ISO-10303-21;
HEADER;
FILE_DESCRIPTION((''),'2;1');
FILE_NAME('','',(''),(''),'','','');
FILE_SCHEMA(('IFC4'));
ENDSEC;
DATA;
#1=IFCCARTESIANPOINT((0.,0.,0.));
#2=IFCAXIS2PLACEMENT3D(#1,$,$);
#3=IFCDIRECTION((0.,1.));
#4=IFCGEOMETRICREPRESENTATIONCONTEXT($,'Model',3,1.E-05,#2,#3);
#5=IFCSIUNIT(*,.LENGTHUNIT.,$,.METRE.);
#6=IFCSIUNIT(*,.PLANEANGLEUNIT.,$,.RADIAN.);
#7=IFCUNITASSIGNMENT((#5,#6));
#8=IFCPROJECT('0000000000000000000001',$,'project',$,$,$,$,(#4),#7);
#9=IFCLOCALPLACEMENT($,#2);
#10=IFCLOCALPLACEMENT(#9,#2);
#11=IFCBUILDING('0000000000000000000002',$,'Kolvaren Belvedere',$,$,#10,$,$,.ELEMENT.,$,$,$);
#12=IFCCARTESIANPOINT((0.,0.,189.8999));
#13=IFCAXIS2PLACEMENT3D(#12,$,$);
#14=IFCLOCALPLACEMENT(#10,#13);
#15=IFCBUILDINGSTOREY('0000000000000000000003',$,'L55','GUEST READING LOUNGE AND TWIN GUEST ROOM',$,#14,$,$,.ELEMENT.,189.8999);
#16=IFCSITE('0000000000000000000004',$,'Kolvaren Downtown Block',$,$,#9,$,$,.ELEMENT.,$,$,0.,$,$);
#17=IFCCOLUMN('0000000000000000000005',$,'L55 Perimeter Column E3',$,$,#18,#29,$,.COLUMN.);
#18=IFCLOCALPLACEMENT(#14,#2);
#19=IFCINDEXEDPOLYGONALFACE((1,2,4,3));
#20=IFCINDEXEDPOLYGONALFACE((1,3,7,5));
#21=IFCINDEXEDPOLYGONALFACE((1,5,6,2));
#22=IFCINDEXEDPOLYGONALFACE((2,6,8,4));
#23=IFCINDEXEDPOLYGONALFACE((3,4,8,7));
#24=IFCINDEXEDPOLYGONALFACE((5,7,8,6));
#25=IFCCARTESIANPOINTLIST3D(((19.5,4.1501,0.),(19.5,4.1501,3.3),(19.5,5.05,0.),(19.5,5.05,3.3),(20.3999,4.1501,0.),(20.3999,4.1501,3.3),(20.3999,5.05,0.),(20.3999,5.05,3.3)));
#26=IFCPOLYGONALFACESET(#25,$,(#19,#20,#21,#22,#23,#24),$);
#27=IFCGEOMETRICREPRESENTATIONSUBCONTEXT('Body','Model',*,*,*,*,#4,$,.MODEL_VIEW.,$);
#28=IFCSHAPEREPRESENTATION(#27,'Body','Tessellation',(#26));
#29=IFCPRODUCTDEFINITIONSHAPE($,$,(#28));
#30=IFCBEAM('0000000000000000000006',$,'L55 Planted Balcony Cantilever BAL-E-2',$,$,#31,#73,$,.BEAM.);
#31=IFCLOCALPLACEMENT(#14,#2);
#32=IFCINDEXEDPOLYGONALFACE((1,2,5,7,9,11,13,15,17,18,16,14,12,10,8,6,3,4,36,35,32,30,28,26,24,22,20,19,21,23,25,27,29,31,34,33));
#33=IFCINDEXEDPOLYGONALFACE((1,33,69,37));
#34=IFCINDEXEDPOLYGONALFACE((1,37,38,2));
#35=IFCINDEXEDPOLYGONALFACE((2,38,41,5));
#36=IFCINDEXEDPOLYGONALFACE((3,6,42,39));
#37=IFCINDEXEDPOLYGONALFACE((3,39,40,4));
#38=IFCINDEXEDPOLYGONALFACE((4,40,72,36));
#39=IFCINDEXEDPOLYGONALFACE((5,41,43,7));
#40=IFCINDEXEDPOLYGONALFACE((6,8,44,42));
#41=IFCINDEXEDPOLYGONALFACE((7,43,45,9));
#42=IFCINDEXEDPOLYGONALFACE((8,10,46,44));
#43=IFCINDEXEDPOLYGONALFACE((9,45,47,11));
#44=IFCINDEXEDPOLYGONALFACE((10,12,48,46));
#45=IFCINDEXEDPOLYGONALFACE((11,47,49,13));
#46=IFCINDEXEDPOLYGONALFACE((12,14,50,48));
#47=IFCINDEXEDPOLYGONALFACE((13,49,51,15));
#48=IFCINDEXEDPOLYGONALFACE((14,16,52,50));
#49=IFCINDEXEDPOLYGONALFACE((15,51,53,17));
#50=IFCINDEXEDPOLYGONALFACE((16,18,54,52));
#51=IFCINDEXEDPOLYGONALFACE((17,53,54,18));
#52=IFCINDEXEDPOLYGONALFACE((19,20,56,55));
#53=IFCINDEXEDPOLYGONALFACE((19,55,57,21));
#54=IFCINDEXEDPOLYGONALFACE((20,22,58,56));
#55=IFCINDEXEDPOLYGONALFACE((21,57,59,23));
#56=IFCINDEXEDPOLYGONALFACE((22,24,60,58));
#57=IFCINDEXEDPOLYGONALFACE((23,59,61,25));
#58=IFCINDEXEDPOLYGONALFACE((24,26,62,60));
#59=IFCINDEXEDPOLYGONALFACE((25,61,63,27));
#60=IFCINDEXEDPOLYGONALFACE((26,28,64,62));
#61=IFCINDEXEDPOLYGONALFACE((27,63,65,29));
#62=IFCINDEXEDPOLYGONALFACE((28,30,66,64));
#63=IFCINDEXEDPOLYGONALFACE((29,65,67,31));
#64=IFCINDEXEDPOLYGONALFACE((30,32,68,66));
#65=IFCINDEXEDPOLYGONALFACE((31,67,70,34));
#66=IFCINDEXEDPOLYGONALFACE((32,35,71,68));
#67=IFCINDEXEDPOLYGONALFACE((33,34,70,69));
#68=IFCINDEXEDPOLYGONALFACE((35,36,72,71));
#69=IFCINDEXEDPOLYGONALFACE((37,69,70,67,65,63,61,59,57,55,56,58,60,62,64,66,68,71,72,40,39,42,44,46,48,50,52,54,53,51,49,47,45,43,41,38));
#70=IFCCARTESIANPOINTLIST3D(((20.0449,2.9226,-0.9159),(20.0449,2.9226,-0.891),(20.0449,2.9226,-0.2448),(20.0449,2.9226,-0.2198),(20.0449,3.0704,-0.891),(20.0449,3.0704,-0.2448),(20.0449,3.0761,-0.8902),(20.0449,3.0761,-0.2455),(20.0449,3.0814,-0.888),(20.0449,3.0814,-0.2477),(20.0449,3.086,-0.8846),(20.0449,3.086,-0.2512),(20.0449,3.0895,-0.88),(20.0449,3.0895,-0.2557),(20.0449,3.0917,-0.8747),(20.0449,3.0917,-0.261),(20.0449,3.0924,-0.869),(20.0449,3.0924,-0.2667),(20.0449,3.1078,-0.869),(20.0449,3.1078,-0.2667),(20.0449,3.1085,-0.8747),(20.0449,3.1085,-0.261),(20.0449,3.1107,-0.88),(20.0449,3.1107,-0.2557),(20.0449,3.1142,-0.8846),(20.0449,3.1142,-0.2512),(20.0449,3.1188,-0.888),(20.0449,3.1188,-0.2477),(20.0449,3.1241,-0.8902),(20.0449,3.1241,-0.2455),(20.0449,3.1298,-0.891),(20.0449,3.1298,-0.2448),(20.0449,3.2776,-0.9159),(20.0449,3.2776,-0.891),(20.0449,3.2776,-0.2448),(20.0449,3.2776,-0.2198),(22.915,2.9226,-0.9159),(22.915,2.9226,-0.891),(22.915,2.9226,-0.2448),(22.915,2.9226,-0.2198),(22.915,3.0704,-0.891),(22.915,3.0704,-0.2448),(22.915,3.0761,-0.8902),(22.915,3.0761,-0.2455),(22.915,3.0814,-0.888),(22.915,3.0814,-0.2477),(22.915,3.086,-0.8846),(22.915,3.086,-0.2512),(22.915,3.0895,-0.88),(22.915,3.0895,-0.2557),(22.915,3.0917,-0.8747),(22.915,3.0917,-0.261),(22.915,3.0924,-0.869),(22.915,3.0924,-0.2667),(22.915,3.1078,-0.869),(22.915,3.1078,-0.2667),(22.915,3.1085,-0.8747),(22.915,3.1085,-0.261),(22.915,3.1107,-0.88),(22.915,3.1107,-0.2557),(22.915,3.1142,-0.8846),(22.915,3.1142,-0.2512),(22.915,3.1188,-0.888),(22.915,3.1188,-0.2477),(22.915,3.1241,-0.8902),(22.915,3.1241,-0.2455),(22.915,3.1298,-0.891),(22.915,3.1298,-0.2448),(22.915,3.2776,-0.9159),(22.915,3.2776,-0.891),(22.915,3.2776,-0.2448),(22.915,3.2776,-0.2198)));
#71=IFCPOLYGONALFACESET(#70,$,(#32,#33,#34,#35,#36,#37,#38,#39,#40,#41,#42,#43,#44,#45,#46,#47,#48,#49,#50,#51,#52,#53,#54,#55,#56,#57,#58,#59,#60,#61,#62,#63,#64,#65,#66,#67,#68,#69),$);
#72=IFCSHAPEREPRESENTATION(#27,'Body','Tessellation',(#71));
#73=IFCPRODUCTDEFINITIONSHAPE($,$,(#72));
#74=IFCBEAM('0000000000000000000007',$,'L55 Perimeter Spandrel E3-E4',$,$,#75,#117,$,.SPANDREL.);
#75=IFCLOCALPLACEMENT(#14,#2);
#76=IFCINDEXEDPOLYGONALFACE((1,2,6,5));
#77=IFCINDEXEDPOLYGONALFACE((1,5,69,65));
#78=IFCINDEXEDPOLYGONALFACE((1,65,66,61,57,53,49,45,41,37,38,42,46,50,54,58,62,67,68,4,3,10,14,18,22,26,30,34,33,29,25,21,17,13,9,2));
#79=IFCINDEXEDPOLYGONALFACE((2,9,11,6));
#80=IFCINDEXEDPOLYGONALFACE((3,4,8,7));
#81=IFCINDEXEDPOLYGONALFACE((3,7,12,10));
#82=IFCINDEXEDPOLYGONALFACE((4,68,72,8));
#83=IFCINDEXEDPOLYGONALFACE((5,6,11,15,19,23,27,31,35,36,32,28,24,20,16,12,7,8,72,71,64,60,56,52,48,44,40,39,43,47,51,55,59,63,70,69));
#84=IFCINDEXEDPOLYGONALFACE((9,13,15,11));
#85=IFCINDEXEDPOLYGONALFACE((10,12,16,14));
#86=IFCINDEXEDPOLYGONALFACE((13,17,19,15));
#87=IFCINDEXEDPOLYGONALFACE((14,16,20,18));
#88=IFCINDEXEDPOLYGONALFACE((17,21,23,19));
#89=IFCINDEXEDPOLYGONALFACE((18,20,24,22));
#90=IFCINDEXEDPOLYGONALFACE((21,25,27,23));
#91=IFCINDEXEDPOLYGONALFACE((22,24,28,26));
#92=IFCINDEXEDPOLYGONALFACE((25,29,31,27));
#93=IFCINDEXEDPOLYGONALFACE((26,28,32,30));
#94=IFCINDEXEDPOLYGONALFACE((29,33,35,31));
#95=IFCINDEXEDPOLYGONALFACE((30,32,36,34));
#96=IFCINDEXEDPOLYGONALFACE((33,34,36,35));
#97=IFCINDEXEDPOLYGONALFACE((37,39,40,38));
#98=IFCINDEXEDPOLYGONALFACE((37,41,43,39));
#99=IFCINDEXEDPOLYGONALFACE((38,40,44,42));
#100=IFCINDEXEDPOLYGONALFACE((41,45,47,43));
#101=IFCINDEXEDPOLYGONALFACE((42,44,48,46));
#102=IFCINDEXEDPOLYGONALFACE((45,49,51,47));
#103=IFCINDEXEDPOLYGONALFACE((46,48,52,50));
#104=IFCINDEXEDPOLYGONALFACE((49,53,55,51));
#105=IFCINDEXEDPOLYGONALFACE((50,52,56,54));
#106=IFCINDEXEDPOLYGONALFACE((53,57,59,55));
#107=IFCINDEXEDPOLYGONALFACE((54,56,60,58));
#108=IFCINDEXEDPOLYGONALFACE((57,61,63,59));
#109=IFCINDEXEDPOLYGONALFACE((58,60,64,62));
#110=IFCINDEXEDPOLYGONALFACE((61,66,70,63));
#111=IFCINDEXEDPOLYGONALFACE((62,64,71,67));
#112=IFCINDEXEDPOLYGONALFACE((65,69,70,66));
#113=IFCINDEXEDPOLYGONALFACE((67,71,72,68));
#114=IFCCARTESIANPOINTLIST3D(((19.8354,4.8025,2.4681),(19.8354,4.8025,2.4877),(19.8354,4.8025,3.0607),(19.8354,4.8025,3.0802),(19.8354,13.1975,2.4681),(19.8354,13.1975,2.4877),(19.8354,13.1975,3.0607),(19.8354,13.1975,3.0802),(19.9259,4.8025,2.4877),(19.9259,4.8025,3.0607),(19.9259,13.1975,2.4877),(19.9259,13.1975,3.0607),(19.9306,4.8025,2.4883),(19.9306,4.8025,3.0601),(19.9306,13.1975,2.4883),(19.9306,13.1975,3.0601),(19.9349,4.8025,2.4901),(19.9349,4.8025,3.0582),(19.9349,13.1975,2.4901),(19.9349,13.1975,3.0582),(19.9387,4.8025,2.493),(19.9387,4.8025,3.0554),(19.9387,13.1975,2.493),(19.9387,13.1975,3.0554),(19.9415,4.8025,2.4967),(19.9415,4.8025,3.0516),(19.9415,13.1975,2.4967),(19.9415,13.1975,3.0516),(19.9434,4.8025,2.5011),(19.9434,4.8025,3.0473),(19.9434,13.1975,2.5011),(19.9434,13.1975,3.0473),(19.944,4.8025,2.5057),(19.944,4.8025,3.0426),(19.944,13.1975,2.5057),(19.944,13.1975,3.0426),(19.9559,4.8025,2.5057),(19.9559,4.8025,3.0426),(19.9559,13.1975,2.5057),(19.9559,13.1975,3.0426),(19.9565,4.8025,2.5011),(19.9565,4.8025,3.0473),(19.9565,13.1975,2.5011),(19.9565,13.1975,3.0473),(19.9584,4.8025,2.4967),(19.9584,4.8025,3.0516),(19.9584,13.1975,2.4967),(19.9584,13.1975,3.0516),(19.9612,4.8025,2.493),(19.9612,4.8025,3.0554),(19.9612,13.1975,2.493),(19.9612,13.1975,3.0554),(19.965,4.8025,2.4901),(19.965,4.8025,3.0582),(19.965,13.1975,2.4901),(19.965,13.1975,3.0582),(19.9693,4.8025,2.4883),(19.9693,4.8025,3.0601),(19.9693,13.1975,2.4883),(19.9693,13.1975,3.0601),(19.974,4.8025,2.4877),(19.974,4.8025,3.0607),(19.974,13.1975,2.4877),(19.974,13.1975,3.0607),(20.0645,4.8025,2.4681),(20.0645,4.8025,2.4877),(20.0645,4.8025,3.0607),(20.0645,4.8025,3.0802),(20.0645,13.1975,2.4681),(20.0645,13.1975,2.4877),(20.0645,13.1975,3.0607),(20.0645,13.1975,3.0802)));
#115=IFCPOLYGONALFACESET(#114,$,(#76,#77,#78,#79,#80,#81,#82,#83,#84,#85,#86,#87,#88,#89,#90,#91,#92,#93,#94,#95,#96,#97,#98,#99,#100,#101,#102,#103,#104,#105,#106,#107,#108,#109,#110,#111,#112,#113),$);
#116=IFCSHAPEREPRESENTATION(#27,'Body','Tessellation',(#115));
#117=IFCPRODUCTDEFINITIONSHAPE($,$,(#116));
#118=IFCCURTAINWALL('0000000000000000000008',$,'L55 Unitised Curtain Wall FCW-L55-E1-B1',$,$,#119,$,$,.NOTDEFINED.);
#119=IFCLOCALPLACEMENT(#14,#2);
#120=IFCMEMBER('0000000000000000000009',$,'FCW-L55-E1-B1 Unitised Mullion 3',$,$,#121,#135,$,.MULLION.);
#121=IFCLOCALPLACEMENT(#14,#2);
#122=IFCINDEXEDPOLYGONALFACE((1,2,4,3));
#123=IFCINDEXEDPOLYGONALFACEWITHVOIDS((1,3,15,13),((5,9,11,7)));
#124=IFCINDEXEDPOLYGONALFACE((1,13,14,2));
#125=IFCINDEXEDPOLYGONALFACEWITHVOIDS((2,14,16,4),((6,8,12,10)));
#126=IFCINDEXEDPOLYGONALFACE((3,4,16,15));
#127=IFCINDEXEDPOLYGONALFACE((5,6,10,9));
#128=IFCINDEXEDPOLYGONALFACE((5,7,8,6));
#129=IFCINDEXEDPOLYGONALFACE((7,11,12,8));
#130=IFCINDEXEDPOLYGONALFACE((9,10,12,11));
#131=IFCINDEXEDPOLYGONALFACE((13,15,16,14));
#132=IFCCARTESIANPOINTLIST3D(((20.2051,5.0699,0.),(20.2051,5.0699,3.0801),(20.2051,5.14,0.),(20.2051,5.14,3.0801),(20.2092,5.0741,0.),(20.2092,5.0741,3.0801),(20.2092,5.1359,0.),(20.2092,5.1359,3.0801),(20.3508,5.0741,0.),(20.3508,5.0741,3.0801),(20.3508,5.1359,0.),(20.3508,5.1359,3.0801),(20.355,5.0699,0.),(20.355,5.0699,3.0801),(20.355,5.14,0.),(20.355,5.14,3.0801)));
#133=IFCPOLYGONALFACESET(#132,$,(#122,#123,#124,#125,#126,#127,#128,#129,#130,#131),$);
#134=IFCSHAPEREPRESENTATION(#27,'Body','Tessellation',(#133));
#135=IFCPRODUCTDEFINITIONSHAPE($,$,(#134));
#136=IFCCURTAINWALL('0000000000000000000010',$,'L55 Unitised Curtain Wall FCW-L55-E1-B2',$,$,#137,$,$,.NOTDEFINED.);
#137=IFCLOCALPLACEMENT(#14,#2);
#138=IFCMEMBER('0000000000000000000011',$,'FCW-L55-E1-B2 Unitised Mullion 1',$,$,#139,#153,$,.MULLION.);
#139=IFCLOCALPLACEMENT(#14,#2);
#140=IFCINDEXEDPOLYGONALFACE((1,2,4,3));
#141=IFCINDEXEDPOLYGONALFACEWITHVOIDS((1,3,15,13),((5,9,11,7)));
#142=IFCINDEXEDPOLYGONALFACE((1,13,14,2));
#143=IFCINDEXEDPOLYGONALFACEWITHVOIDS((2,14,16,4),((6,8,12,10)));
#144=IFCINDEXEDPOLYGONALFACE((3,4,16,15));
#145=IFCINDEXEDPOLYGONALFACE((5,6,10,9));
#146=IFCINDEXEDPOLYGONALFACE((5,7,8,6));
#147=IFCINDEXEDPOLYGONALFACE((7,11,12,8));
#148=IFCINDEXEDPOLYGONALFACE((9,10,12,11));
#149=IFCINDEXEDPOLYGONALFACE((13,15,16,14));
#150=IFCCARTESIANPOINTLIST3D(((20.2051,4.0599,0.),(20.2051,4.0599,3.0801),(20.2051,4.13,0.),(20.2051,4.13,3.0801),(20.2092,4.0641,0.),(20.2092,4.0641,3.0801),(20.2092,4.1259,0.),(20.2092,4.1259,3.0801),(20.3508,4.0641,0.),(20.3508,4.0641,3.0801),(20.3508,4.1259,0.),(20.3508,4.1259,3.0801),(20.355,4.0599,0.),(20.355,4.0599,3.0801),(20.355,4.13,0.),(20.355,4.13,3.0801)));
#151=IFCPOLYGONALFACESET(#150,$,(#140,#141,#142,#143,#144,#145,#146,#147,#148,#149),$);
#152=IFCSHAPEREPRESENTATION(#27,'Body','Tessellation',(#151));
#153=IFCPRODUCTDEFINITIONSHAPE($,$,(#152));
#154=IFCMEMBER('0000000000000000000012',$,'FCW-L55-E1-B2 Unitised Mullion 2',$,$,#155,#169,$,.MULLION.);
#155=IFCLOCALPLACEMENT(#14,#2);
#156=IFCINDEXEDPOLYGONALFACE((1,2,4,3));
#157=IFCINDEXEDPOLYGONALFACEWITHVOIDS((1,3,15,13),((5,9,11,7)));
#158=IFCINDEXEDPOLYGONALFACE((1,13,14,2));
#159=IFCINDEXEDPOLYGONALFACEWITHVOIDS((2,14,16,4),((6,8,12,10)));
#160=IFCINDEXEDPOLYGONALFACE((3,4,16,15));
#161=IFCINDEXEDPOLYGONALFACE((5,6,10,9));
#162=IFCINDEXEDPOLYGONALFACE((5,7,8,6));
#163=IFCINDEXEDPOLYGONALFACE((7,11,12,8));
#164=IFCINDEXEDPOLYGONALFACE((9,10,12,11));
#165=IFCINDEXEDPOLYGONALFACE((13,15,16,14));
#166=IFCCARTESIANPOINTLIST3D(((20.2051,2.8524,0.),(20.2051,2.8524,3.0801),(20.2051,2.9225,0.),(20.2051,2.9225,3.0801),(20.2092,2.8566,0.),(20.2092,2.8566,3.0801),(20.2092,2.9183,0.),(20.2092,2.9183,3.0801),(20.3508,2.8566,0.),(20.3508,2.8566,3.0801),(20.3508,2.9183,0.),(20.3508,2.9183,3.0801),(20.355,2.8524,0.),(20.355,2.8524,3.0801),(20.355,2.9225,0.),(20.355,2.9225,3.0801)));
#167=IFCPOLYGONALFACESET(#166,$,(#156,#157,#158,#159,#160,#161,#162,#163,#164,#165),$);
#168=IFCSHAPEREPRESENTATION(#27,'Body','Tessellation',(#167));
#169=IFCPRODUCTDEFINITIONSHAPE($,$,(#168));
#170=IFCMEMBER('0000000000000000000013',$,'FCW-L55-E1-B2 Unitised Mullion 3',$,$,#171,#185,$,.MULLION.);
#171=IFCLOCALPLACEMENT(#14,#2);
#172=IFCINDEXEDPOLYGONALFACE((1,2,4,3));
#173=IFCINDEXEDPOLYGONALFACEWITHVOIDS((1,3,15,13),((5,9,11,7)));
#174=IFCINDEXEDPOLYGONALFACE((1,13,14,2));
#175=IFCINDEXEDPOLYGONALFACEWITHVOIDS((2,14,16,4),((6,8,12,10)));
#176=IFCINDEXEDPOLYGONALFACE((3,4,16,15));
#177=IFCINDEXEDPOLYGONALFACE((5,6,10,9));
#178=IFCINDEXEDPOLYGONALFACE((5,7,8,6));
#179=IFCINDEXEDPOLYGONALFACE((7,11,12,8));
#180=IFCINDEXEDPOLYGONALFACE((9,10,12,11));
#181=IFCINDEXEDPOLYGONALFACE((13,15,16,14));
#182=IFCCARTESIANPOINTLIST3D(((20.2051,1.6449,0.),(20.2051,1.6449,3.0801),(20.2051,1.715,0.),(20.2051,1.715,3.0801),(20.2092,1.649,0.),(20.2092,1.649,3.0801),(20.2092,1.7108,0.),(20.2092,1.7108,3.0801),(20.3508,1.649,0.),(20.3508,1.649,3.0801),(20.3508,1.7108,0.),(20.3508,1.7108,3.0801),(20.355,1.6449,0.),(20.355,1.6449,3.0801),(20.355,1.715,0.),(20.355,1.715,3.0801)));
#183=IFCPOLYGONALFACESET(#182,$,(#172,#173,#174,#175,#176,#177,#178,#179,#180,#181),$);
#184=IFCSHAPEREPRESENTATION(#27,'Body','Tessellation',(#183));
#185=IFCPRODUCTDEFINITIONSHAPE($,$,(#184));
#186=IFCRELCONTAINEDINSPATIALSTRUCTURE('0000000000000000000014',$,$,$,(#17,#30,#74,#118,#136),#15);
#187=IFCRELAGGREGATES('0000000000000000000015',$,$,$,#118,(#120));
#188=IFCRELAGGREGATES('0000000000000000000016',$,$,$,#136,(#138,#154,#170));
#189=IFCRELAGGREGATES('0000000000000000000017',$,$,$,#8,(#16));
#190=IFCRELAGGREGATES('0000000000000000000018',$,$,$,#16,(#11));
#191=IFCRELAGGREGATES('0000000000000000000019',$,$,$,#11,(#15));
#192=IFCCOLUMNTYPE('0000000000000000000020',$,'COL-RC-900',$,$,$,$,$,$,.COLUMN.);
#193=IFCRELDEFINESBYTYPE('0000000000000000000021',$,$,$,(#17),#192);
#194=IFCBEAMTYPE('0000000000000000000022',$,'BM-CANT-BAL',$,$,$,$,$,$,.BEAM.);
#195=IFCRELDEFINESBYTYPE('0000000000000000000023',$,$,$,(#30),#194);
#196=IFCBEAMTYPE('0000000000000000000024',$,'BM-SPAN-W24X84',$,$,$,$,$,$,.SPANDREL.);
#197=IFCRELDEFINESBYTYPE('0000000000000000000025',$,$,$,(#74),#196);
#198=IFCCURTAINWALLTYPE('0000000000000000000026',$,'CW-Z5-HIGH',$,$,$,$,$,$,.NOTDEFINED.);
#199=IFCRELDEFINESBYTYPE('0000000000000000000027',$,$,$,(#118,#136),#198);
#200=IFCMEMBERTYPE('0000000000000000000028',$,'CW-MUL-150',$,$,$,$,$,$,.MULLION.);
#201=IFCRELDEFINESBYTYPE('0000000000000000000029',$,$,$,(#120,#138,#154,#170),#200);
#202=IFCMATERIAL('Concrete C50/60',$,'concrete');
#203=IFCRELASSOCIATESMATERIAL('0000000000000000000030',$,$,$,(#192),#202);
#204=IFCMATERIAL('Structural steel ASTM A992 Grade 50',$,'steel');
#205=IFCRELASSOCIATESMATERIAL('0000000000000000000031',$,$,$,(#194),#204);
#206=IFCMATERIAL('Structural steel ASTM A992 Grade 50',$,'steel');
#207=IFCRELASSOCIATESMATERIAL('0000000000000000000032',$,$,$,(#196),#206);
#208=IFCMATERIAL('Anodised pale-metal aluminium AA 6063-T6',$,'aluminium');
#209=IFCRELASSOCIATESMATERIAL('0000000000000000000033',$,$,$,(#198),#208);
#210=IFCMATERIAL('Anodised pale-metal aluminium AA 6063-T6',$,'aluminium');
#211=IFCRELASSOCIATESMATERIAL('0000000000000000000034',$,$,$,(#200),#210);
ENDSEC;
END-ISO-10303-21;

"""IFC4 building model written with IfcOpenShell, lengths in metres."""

from ifc_helpers import new_model, si_unit, direction, frame, origin, origin_2d, place, context, subcontext, project, spatial, rectangle, hollow_rectangle, i_section, extrude, material, material_profile, profile_set, type_object, element, aggregate, save


model = new_model("IFC4")

# Units and contexts
model_context = context("Model", 3, precision=1e-05, world=origin(), true_north=direction((0.0, 1.0)))
body_context = subcontext(model_context, "Body", "Model", "MODEL_VIEW")
ifc_project = project(units=[si_unit("LENGTHUNIT", "METRE"), si_unit("PLANEANGLEUNIT", "RADIAN")], contexts=[model_context])

# Site, building, storey
site_placement = place(None, origin())
site = spatial("IfcSite", under=ifc_project, at=site_placement, Name="Kolvaren Downtown Block", CompositionType="ELEMENT", RefElevation=0.0)
building_placement = place(site_placement, origin())
building = spatial("IfcBuilding", under=site, at=building_placement, Name="Kolvaren Belvedere", CompositionType="ELEMENT")
storey_placement = place(building_placement, frame((0.0, 0.0, 189.8999)))
storey = spatial("IfcBuildingStorey", under=building, at=storey_placement, Name="L55", Description="GUEST READING LOUNGE AND TWIN GUEST ROOM", CompositionType="ELEMENT", Elevation=189.8999)

# Column
ifc_material_1 = material(Name="Concrete C50/60", Category="concrete")
ifc_material_profile_1 = material_profile(ifc_material_1, rectangle(XDim=0.8999, YDim=0.8999, at=origin_2d()), Name="RC 900X900")
ifc_profile_set_1 = profile_set([ifc_material_profile_1], Name="Concrete C50/60")
column_type = type_object("IfcColumnType", Name="COL-RC-900", PredefinedType="COLUMN", material=ifc_profile_set_1)
column_placement = place(storey_placement, frame((19.95, 4.6001, 0.0), z_axis=(0.0, 0.0, 1.0), x_axis=(1.0, 0.0, 0.0)))
element("IfcColumn", 1, at=column_placement, inside=storey, type_object=column_type, Name="L55 Perimeter Column E3", PredefinedType="COLUMN", context=body_context, shape_type="SweptSolid", body=[
    extrude(rectangle(XDim=0.8999, YDim=0.8999, at=origin_2d()), origin(), (0.0, 0.0, 1.0), 3.3),
])

# Beams
ifc_material_2 = material(Name="Structural steel ASTM A992 Grade 50", Category="steel")
ifc_material_profile_2 = material_profile(ifc_material_2, i_section(OverallWidth=0.355, OverallDepth=0.696, WebThickness=0.0154, FlangeThickness=0.0249, FilletRadius=0.022, at=origin_2d()), Name="W27X146")
ifc_profile_set_2 = profile_set([ifc_material_profile_2], Name="Structural steel ASTM A992 Grade 50")
beam_type_1 = type_object("IfcBeamType", Name="BM-CANT-BAL", PredefinedType="BEAM", material=ifc_profile_set_2)
beam_1_placement = place(storey_placement, frame((20.0449, 3.1001, -0.5679), z_axis=(1.0, 0.0, 0.0), x_axis=(0.0, 1.0, 0.0)))
element("IfcBeam", 2, at=beam_1_placement, inside=storey, type_object=beam_type_1, Name="L55 Planted Balcony Cantilever BAL-E-2", PredefinedType="BEAM", context=body_context, shape_type="SweptSolid", body=[
    extrude(i_section(OverallWidth=0.355, OverallDepth=0.696, WebThickness=0.0154, FlangeThickness=0.0249, FilletRadius=0.022, at=origin_2d()), origin(), (0.0, 0.0, 1.0), 2.8701),
])
ifc_material_3 = material(Name="Structural steel ASTM A992 Grade 50", Category="steel")
ifc_material_profile_3 = material_profile(ifc_material_3, i_section(OverallWidth=0.229, OverallDepth=0.6121, WebThickness=0.012, FlangeThickness=0.0195, FilletRadius=0.0181, at=origin_2d()), Name="W24X84")
ifc_profile_set_3 = profile_set([ifc_material_profile_3], Name="Structural steel ASTM A992 Grade 50")
beam_type_2 = type_object("IfcBeamType", Name="BM-SPAN-W24X84", PredefinedType="SPANDREL", material=ifc_profile_set_3)
beam_2_placement = place(storey_placement, frame((19.95, 4.8025, 2.7742), z_axis=(0.0, 1.0, 0.0), x_axis=(-1.0, 0.0, 0.0)))
element("IfcBeam", 3, at=beam_2_placement, inside=storey, type_object=beam_type_2, Name="L55 Perimeter Spandrel E3-E4", PredefinedType="SPANDREL", context=body_context, shape_type="SweptSolid", body=[
    extrude(i_section(OverallWidth=0.229, OverallDepth=0.6121, WebThickness=0.012, FlangeThickness=0.0195, FilletRadius=0.0181, at=origin_2d()), origin(), (0.0, 0.0, 1.0), 8.395),
])

# Curtain wall, member
ifc_material_4 = material(Name="Anodised pale-metal aluminium AA 6063-T6", Category="aluminium")
curtain_wall_type = type_object("IfcCurtainWallType", Name="CW-Z5-HIGH", PredefinedType="NOTDEFINED", material=ifc_material_4)
curtain_wall_1_placement = place(storey_placement, origin())
curtain_wall_1 = element("IfcCurtainWall", 4, at=curtain_wall_1_placement, inside=storey, type_object=curtain_wall_type, Name="L55 Unitised Curtain Wall FCW-L55-E1-B1", PredefinedType="NOTDEFINED")
ifc_material_5 = material(Name="Anodised pale-metal aluminium AA 6063-T6", Category="aluminium")
ifc_material_profile_4 = material_profile(ifc_material_5, hollow_rectangle(XDim=0.0701, YDim=0.1499, WallThickness=0.0042, at=origin_2d()), Name="ALU-MUL-150X70")
ifc_profile_set_4 = profile_set([ifc_material_profile_4], Name="Anodised pale-metal aluminium AA 6063-T6")
member_type_1 = type_object("IfcMemberType", Name="CW-MUL-150", PredefinedType="MULLION", material=ifc_profile_set_4)
member_1_placement = place(storey_placement, frame((20.28, 5.105, 0.0), z_axis=(0.0, 0.0, 1.0), x_axis=(0.0, 1.0, 0.0)))
member_1 = element("IfcMember", 5, at=member_1_placement, type_object=member_type_1, Name="FCW-L55-E1-B1 Unitised Mullion 3", PredefinedType="MULLION", context=body_context, shape_type="SweptSolid", body=[
    extrude(hollow_rectangle(XDim=0.0701, YDim=0.1499, WallThickness=0.0042, at=origin_2d()), origin(), (0.0, 0.0, 1.0), 3.0801),
])
aggregate(curtain_wall_1, [member_1])

# Curtain wall, members
curtain_wall_2_placement = place(storey_placement, origin())
curtain_wall_2 = element("IfcCurtainWall", 6, at=curtain_wall_2_placement, inside=storey, type_object=curtain_wall_type, Name="L55 Unitised Curtain Wall FCW-L55-E1-B2", PredefinedType="NOTDEFINED")
member_2_placement = place(storey_placement, frame((20.28, 4.095, 0.0), z_axis=(0.0, 0.0, 1.0), x_axis=(0.0, 1.0, 0.0)))
member_2 = element("IfcMember", 7, at=member_2_placement, type_object=member_type_1, Name="FCW-L55-E1-B2 Unitised Mullion 1", PredefinedType="MULLION", context=body_context, shape_type="SweptSolid", body=[
    extrude(hollow_rectangle(XDim=0.0701, YDim=0.1499, WallThickness=0.0042, at=origin_2d()), origin(), (0.0, 0.0, 1.0), 3.0801),
])
member_3_placement = place(storey_placement, frame((20.28, 2.8875, 0.0), z_axis=(0.0, 0.0, 1.0), x_axis=(0.0, 1.0, 0.0)))
member_3 = element("IfcMember", 8, at=member_3_placement, type_object=member_type_1, Name="FCW-L55-E1-B2 Unitised Mullion 2", PredefinedType="MULLION", context=body_context, shape_type="SweptSolid", body=[
    extrude(hollow_rectangle(XDim=0.0701, YDim=0.1499, WallThickness=0.0042, at=origin_2d()), origin(), (0.0, 0.0, 1.0), 3.0801),
])
member_4_placement = place(storey_placement, frame((20.28, 1.6799, 0.0), z_axis=(0.0, 0.0, 1.0), x_axis=(0.0, 1.0, 0.0)))
member_4 = element("IfcMember", 9, at=member_4_placement, type_object=member_type_1, Name="FCW-L55-E1-B2 Unitised Mullion 3", PredefinedType="MULLION", context=body_context, shape_type="SweptSolid", body=[
    extrude(hollow_rectangle(XDim=0.0701, YDim=0.1499, WallThickness=0.0042, at=origin_2d()), origin(), (0.0, 0.0, 1.0), 3.0801),
])
aggregate(curtain_wall_2, [member_2, member_3, member_4])

save(model, "model.ifc")
